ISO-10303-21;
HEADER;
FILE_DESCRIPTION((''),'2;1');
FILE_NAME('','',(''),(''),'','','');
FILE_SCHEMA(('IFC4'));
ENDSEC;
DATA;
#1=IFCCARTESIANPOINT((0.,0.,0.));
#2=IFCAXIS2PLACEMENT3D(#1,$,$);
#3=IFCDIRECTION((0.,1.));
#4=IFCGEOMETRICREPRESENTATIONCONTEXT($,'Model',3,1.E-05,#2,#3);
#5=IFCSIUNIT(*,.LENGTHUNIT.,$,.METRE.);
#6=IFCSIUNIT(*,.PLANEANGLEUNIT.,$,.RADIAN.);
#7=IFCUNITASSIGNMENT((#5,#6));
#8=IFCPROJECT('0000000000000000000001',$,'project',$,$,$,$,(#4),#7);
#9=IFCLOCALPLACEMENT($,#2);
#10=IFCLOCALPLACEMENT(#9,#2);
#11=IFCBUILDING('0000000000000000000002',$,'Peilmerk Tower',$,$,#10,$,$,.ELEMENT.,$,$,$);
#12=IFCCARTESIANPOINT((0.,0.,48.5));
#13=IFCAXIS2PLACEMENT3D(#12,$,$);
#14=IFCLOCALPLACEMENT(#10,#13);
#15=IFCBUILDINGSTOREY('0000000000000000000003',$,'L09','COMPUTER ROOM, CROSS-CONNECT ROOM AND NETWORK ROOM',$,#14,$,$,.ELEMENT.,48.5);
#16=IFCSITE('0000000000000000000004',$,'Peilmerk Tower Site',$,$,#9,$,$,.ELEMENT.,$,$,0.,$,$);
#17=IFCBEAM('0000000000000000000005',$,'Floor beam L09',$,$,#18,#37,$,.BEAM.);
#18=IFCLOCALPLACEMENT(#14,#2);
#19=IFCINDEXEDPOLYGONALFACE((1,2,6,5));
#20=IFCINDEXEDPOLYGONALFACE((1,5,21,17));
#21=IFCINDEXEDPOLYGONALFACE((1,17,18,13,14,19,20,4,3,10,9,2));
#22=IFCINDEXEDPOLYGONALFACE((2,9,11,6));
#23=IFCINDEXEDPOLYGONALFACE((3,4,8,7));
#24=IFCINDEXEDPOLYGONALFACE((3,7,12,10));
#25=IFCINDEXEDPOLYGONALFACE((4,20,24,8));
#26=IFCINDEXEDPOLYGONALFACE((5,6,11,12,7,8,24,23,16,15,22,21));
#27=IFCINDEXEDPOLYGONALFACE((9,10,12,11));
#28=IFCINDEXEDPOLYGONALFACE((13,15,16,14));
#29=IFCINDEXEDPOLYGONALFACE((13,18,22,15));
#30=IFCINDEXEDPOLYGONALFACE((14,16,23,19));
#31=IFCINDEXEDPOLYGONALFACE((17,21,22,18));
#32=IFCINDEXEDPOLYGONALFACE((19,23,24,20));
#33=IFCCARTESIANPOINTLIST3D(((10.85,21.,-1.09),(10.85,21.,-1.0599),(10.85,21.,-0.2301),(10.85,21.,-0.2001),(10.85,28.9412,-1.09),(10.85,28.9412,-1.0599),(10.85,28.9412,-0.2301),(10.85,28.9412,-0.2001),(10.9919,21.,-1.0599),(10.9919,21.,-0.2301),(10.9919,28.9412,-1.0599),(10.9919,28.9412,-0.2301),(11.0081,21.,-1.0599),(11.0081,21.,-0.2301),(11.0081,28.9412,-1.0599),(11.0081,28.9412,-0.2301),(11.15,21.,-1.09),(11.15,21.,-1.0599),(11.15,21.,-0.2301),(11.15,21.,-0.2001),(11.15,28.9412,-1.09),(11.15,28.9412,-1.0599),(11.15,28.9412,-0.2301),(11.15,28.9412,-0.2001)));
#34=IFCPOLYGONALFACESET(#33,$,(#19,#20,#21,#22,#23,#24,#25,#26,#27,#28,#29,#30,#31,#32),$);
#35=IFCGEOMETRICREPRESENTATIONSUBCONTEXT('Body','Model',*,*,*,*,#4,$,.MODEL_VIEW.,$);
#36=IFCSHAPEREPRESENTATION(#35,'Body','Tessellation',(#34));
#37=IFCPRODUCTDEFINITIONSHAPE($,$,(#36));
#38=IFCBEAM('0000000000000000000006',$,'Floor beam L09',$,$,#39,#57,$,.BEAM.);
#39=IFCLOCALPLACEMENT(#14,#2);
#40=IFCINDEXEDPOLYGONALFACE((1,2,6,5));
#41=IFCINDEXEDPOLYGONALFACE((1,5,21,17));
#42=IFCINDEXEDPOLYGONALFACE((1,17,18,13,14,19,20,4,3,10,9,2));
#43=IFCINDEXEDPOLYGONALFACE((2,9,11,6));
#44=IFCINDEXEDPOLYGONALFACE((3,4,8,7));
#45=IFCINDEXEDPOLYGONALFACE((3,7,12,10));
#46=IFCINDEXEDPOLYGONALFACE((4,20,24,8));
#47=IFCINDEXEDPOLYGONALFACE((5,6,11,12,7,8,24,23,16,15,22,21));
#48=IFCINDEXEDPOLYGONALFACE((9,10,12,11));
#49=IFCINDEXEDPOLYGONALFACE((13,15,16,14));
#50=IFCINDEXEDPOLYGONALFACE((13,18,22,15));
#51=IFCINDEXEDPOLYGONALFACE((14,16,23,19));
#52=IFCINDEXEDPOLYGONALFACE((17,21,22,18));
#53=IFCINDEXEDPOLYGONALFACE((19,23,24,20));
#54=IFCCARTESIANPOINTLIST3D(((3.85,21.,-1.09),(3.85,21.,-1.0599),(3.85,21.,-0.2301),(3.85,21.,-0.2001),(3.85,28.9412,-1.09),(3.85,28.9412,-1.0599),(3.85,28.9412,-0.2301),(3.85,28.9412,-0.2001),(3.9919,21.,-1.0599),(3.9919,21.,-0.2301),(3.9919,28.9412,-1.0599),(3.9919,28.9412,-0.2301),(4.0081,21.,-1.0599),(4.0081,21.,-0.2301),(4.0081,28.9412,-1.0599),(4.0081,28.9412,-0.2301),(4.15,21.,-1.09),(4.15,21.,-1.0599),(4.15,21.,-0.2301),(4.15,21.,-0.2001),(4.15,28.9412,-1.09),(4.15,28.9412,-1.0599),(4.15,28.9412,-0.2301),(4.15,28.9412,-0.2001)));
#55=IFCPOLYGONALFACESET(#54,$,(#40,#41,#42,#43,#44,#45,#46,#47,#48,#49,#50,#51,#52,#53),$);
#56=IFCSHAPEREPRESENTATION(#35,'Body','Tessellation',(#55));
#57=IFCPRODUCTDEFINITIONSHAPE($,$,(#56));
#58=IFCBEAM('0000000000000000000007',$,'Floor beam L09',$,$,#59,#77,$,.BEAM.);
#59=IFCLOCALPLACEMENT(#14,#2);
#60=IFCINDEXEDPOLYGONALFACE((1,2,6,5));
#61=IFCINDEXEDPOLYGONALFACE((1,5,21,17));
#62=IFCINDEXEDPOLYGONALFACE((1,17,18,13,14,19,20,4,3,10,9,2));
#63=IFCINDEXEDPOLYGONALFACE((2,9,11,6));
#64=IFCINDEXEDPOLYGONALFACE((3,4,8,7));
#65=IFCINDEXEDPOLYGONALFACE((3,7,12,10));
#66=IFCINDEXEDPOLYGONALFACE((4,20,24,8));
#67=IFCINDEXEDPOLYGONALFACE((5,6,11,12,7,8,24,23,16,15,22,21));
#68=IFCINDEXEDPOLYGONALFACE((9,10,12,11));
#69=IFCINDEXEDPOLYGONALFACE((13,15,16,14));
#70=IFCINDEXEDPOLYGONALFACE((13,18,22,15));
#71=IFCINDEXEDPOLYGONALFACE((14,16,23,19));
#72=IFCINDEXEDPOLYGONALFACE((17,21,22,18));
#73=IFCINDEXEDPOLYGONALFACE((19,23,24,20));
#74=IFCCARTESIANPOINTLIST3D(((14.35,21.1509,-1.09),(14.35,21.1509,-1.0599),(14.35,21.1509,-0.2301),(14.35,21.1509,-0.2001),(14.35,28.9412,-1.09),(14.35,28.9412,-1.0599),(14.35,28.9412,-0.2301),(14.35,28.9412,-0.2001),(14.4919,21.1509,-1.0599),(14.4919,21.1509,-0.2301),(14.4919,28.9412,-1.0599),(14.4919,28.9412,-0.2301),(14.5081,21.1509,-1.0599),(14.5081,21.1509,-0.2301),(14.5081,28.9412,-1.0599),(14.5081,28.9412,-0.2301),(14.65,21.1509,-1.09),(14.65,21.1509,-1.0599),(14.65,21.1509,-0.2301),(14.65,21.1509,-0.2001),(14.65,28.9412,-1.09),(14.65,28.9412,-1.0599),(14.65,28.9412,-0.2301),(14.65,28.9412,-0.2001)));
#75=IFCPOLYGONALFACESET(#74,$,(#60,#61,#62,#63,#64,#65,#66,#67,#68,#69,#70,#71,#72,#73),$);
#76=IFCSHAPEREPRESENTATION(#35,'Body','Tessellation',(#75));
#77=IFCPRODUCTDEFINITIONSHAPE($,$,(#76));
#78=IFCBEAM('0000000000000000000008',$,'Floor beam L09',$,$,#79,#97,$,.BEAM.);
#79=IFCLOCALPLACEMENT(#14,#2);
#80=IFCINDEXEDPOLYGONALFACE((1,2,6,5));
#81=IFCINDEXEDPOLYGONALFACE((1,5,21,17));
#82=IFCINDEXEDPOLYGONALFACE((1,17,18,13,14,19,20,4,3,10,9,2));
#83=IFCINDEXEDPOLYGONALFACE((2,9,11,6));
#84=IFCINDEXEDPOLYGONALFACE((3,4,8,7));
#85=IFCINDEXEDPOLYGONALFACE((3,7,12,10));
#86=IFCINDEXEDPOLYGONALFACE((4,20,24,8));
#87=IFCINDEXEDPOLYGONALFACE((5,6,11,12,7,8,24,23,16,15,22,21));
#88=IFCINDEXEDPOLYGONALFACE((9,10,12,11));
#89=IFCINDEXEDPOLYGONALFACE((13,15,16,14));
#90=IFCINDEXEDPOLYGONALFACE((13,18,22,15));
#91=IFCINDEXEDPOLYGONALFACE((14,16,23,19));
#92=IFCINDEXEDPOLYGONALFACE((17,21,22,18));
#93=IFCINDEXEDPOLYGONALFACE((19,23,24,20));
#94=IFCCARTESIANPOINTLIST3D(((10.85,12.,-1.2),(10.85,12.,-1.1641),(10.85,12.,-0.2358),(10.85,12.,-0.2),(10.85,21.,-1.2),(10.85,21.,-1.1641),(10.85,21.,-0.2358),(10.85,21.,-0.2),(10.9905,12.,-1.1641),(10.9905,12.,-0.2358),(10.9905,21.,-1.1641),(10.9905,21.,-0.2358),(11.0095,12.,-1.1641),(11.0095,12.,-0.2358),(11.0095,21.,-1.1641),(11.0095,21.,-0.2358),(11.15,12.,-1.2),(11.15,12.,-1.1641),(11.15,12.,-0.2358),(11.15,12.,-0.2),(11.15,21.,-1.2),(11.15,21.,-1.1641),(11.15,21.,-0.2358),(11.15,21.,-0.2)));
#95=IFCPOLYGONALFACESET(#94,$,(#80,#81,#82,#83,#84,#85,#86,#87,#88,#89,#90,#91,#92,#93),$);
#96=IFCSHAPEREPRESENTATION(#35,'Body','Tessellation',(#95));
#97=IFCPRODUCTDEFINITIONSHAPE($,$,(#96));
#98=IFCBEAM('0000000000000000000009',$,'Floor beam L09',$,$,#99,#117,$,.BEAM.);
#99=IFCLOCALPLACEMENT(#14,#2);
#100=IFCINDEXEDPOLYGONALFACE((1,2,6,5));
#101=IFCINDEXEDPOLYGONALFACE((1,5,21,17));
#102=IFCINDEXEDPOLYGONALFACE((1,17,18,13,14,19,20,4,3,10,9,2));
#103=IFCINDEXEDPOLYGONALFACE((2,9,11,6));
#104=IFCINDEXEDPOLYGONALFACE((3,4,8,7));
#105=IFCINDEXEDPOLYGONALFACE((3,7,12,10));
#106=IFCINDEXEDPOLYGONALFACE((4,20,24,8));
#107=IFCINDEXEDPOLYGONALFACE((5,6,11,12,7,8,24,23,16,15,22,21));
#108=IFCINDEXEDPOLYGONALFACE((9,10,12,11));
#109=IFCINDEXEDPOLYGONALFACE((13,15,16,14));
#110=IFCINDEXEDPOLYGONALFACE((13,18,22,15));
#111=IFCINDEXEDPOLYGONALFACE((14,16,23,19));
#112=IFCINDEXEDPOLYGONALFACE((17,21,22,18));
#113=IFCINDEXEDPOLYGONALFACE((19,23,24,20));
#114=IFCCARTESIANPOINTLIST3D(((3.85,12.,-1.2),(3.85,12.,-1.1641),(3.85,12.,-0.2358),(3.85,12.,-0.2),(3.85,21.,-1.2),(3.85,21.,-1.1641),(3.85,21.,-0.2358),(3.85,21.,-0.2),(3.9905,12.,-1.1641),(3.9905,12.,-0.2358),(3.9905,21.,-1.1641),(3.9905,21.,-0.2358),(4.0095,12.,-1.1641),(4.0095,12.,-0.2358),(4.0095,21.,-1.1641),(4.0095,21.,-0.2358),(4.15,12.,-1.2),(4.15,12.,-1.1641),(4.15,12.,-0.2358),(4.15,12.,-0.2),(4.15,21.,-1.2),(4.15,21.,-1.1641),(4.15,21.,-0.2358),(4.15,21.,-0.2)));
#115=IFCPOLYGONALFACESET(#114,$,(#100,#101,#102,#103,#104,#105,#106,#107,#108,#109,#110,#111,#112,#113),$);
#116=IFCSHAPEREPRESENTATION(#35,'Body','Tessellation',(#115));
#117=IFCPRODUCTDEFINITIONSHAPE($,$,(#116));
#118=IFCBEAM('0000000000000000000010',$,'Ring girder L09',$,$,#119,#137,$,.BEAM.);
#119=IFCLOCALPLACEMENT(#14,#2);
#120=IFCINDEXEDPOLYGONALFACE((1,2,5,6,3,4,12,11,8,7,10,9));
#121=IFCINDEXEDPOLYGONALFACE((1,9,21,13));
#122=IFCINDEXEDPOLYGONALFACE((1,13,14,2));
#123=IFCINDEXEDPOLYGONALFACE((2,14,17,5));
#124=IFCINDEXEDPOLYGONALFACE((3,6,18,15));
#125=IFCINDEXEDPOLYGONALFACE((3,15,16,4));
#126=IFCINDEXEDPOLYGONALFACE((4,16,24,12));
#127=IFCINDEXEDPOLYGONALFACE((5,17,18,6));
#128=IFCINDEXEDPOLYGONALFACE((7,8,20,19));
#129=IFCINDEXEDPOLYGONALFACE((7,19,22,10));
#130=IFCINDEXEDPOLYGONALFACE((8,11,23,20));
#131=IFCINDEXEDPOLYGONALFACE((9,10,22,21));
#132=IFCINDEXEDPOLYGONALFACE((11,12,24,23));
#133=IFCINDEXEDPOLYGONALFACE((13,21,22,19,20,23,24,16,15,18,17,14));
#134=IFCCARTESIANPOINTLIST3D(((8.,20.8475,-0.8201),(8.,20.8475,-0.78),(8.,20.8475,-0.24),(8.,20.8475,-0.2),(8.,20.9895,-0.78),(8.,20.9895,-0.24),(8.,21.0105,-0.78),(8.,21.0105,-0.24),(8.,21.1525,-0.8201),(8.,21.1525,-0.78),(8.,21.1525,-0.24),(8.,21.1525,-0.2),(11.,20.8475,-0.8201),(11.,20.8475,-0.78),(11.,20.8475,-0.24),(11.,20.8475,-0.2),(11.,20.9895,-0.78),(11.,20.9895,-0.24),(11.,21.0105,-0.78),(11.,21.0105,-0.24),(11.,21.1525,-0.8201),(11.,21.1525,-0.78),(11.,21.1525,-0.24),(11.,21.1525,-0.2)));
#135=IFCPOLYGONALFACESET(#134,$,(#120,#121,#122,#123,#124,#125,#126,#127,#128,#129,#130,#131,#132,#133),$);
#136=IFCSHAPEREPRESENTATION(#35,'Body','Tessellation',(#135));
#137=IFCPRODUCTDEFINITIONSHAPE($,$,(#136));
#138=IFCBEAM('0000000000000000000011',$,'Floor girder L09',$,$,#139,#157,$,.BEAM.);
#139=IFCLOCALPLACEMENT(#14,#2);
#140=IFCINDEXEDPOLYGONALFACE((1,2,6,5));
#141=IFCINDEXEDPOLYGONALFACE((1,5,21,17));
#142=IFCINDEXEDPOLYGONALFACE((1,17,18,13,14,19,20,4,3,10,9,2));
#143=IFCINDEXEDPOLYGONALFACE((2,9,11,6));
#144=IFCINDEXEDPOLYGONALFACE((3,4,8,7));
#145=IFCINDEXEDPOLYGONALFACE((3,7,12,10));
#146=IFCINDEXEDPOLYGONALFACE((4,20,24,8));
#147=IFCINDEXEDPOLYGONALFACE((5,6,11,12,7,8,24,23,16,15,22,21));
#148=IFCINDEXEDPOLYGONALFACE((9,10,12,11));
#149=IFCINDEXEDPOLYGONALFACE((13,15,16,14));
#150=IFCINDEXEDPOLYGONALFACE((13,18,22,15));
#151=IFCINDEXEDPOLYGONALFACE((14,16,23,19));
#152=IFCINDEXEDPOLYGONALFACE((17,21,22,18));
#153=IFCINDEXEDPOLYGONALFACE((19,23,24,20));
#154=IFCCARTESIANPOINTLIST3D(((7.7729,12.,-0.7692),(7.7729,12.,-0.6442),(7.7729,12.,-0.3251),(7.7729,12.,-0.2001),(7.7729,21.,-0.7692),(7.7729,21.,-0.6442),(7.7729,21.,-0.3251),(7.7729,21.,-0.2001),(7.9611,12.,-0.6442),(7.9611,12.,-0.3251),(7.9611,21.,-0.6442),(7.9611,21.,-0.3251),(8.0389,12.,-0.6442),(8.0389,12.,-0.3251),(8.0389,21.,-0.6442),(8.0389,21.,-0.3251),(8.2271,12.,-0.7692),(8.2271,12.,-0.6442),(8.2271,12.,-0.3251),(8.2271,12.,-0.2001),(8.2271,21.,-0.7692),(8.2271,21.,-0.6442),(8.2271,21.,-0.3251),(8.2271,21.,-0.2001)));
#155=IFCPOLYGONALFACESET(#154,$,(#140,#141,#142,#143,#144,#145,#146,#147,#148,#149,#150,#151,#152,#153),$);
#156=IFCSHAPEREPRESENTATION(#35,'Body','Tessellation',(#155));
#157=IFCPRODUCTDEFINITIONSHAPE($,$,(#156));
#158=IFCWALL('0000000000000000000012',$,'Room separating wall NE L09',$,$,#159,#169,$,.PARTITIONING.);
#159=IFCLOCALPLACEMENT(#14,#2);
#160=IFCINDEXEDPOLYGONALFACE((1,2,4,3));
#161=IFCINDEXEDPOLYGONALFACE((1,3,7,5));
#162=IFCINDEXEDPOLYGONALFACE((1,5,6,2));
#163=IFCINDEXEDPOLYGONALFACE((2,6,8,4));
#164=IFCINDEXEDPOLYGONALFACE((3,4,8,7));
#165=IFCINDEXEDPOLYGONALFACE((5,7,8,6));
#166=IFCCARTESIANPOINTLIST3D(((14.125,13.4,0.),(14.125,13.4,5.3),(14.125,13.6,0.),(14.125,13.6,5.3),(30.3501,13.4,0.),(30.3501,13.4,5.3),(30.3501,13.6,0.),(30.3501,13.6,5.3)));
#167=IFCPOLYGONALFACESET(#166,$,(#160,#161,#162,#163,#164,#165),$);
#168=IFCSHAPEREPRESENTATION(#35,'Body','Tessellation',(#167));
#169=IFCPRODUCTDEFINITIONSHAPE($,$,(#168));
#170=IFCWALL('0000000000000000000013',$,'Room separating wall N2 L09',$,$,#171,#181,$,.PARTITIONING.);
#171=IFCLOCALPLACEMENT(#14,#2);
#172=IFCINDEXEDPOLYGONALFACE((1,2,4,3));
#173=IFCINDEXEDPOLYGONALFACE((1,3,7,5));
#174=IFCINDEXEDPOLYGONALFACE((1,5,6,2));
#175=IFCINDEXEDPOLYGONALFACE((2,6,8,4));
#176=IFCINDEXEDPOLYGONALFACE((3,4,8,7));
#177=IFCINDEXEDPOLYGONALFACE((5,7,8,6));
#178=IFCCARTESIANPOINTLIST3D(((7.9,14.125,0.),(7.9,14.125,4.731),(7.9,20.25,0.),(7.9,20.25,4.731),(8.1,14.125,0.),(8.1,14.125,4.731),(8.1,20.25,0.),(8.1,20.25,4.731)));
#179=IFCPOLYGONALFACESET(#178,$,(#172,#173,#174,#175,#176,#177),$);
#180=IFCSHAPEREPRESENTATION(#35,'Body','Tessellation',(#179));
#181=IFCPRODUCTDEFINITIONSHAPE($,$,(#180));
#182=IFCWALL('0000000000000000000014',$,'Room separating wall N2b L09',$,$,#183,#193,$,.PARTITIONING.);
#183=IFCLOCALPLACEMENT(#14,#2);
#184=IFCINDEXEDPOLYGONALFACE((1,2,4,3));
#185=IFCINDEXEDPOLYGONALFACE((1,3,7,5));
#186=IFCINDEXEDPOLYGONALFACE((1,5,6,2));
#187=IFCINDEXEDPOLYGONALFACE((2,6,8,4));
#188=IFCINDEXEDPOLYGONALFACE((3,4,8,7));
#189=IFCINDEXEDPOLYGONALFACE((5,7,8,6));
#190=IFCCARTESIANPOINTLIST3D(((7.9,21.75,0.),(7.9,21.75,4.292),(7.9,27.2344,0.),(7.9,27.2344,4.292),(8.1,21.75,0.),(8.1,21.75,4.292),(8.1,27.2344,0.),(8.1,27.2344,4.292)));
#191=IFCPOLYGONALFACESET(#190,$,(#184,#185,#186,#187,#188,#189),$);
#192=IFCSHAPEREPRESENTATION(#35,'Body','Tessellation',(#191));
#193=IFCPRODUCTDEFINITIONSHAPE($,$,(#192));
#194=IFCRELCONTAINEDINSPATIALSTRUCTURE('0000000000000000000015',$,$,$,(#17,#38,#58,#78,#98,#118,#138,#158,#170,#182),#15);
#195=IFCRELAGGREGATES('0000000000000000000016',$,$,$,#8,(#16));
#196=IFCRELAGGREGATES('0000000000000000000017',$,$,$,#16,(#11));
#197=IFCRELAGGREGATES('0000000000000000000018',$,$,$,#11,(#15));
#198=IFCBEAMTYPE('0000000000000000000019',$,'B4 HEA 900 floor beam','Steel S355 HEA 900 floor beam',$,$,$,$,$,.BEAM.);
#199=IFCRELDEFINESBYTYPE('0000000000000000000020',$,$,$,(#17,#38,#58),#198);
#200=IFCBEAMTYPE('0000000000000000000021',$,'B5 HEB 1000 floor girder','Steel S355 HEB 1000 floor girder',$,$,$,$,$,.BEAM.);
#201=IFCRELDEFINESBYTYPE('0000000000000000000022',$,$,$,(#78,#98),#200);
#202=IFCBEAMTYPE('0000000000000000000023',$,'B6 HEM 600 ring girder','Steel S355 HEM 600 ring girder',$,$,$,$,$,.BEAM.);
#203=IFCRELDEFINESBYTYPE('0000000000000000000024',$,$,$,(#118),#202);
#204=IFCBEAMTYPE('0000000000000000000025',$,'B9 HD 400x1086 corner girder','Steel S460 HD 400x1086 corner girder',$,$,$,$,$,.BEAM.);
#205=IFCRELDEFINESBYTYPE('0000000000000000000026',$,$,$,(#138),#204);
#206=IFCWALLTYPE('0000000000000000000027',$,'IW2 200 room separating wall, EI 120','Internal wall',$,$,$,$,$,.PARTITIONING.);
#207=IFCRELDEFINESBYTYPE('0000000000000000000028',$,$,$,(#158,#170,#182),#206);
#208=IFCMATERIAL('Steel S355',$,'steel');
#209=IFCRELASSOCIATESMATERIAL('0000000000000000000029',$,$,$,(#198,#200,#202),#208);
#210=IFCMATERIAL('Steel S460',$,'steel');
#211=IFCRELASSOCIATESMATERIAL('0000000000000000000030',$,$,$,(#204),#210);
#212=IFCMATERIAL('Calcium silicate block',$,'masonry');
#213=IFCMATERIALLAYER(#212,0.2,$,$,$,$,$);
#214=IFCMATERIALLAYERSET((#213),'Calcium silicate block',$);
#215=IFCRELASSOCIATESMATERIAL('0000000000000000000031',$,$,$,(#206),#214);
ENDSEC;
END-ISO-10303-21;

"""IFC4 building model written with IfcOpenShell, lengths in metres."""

from ifc_helpers import new_model, si_unit, direction, frame, frame_2d, origin, origin_2d, place, context, subcontext, project, spatial, rectangle, i_section, extrude, material, layer, layer_set, material_profile, profile_set, type_object, element, save


model = new_model("IFC4")

# Units and contexts
model_context = context("Model", 3, precision=1e-05, world=origin(), true_north=direction((0.0, 1.0)))
body_context = subcontext(model_context, "Body", "Model", "MODEL_VIEW")
ifc_project = project(units=[si_unit("LENGTHUNIT", "METRE"), si_unit("PLANEANGLEUNIT", "RADIAN")], contexts=[model_context])

# Site, building, storey
site_placement = place(None, origin())
site = spatial("IfcSite", under=ifc_project, at=site_placement, Name="Peilmerk Tower Site", CompositionType="ELEMENT", RefElevation=0.0)
building_placement = place(site_placement, origin())
building = spatial("IfcBuilding", under=site, at=building_placement, Name="Peilmerk Tower", CompositionType="ELEMENT")
storey_placement = place(building_placement, frame((0.0, 0.0, 48.5)))
storey = spatial("IfcBuildingStorey", under=building, at=storey_placement, Name="L09", Description="COMPUTER ROOM, CROSS-CONNECT ROOM AND NETWORK ROOM", CompositionType="ELEMENT", Elevation=48.5)

# Beams
ifc_material_1 = material(Name="Steel S355", Category="steel")
ifc_material_profile_1 = material_profile(ifc_material_1, i_section(OverallWidth=0.3, OverallDepth=0.8899, WebThickness=0.0161, FlangeThickness=0.03, at=origin_2d()), Name="HEA 900")
ifc_profile_set_1 = profile_set([ifc_material_profile_1], Name="Steel S355")
beam_type_1 = type_object("IfcBeamType", Name="B4 HEA 900 floor beam", Description="Steel S355 HEA 900 floor beam", PredefinedType="BEAM", material=ifc_profile_set_1)
for number, where, z_axis, x_axis, name in (
    (1, (11.0, 21.0, -0.645), (0.0, 1.0, 0.0), (-1.0, 0.0, 0.0), "Floor beam L09"),
    (2, (4.0, 21.0, -0.645), (0.0, 1.0, 0.0), (-1.0, 0.0, 0.0), "Floor beam L09"),
):
    element("IfcBeam", number, at=place(storey_placement, frame(where, z_axis=z_axis, x_axis=x_axis)), inside=storey, type_object=beam_type_1, Name=name, PredefinedType="BEAM", context=body_context, shape_type="SweptSolid", body=[
        extrude(i_section(OverallWidth=0.3, OverallDepth=0.8899, WebThickness=0.0161, FlangeThickness=0.03, at=origin_2d()), origin(), (0.0, 0.0, 1.0), 7.9412),
    ])
beam_1_placement = place(storey_placement, frame((14.5, 21.1509, -0.645), z_axis=(0.0, 1.0, 0.0), x_axis=(-1.0, 0.0, 0.0)))
element("IfcBeam", 3, at=beam_1_placement, inside=storey, type_object=beam_type_1, Name="Floor beam L09", PredefinedType="BEAM", context=body_context, shape_type="SweptSolid", body=[
    extrude(i_section(OverallWidth=0.3, OverallDepth=0.8899, WebThickness=0.0161, FlangeThickness=0.03, at=origin_2d()), origin(), (0.0, 0.0, 1.0), 7.7903),
])
ifc_material_profile_2 = material_profile(ifc_material_1, i_section(OverallWidth=0.3, OverallDepth=1.0, WebThickness=0.019, FlangeThickness=0.0359, at=origin_2d()), Name="HEB 1000")
ifc_profile_set_2 = profile_set([ifc_material_profile_2], Name="Steel S355")
beam_type_2 = type_object("IfcBeamType", Name="B5 HEB 1000 floor girder", Description="Steel S355 HEB 1000 floor girder", PredefinedType="BEAM", material=ifc_profile_set_2)
for number, where, z_axis, x_axis, name in (
    (4, (11.0, 12.0, -0.7), (0.0, 1.0, 0.0), (-1.0, 0.0, 0.0), "Floor beam L09"),
    (5, (4.0, 12.0, -0.7), (0.0, 1.0, 0.0), (-1.0, 0.0, 0.0), "Floor beam L09"),
):
    element("IfcBeam", number, at=place(storey_placement, frame(where, z_axis=z_axis, x_axis=x_axis)), inside=storey, type_object=beam_type_2, Name=name, PredefinedType="BEAM", context=body_context, shape_type="SweptSolid", body=[
        extrude(i_section(OverallWidth=0.3, OverallDepth=1.0, WebThickness=0.019, FlangeThickness=0.0359, at=origin_2d()), origin(), (0.0, 0.0, 1.0), 9.0),
    ])
ifc_material_profile_3 = material_profile(ifc_material_1, i_section(OverallWidth=0.3049, OverallDepth=0.6201, WebThickness=0.021, FlangeThickness=0.04, at=origin_2d()), Name="HEM 600")
ifc_profile_set_3 = profile_set([ifc_material_profile_3], Name="Steel S355")
beam_type_3 = type_object("IfcBeamType", Name="B6 HEM 600 ring girder", Description="Steel S355 HEM 600 ring girder", PredefinedType="BEAM", material=ifc_profile_set_3)
beam_2_placement = place(storey_placement, frame((11.0, 21.0, -0.51), z_axis=(-1.0, 0.0, 0.0), x_axis=(0.0, -1.0, 0.0)))
element("IfcBeam", 6, at=beam_2_placement, inside=storey, type_object=beam_type_3, Name="Ring girder L09", PredefinedType="BEAM", context=body_context, shape_type="SweptSolid", body=[
    extrude(i_section(OverallWidth=0.3049, OverallDepth=0.6201, WebThickness=0.021, FlangeThickness=0.04, at=origin_2d()), origin(), (0.0, 0.0, 1.0), 3.0),
])
ifc_material_2 = material(Name="Steel S460", Category="steel")
ifc_material_profile_4 = material_profile(ifc_material_2, i_section(OverallWidth=0.4541, OverallDepth=0.5691, WebThickness=0.0779, FlangeThickness=0.125, at=origin_2d()), Name="HD 400x1086")
ifc_profile_set_4 = profile_set([ifc_material_profile_4], Name="Steel S460")
beam_type_4 = type_object("IfcBeamType", Name="B9 HD 400x1086 corner girder", Description="Steel S460 HD 400x1086 corner girder", PredefinedType="BEAM", material=ifc_profile_set_4)
beam_3_placement = place(storey_placement, frame((8.0, 12.0, -0.4846), z_axis=(0.0, 1.0, 0.0), x_axis=(-1.0, 0.0, 0.0)))
element("IfcBeam", 7, at=beam_3_placement, inside=storey, type_object=beam_type_4, Name="Floor girder L09", PredefinedType="BEAM", context=body_context, shape_type="SweptSolid", body=[
    extrude(i_section(OverallWidth=0.4541, OverallDepth=0.5691, WebThickness=0.0779, FlangeThickness=0.125, at=origin_2d()), origin(), (0.0, 0.0, 1.0), 9.0),
])

# Walls
ifc_material_3 = material(Name="Calcium silicate block", Category="masonry")
ifc_layer = layer(ifc_material_3, 0.2)
ifc_layer_set = layer_set([ifc_layer], Name="Calcium silicate block")
wall_type = type_object("IfcWallType", Name="IW2 200 room separating wall, EI 120", Description="Internal wall", PredefinedType="PARTITIONING", material=ifc_layer_set)
wall_1_placement = place(storey_placement, frame((14.125, 13.5, 0.0), z_axis=(0.0, 0.0, 1.0), x_axis=(1.0, 0.0, 0.0)))
element("IfcWall", 8, at=wall_1_placement, inside=storey, type_object=wall_type, Name="Room separating wall NE L09", PredefinedType="PARTITIONING", context=body_context, shape_type="SweptSolid", body=[
    extrude(rectangle(XDim=16.2251, YDim=0.2, at=frame_2d((8.1125, 0.0))), origin(), (0.0, 0.0, 1.0), 5.3),
])
wall_2_placement = place(storey_placement, frame((8.0, 14.125, 0.0), z_axis=(0.0, 0.0, 1.0), x_axis=(0.0, 1.0, 0.0)))
element("IfcWall", 9, at=wall_2_placement, inside=storey, type_object=wall_type, Name="Room separating wall N2 L09", PredefinedType="PARTITIONING", context=body_context, shape_type="SweptSolid", body=[
    extrude(rectangle(XDim=6.125, YDim=0.2, at=frame_2d((3.0625, 0.0))), origin(), (0.0, 0.0, 1.0), 4.731),
])
wall_3_placement = place(storey_placement, frame((8.0, 21.75, 0.0), z_axis=(0.0, 0.0, 1.0), x_axis=(0.0, 1.0, 0.0)))
element("IfcWall", 10, at=wall_3_placement, inside=storey, type_object=wall_type, Name="Room separating wall N2b L09", PredefinedType="PARTITIONING", context=body_context, shape_type="SweptSolid", body=[
    extrude(rectangle(XDim=5.4844, YDim=0.2, at=frame_2d((2.7422, 0.0))), origin(), (0.0, 0.0, 1.0), 4.292),
])

save(model, "model.ifc")
